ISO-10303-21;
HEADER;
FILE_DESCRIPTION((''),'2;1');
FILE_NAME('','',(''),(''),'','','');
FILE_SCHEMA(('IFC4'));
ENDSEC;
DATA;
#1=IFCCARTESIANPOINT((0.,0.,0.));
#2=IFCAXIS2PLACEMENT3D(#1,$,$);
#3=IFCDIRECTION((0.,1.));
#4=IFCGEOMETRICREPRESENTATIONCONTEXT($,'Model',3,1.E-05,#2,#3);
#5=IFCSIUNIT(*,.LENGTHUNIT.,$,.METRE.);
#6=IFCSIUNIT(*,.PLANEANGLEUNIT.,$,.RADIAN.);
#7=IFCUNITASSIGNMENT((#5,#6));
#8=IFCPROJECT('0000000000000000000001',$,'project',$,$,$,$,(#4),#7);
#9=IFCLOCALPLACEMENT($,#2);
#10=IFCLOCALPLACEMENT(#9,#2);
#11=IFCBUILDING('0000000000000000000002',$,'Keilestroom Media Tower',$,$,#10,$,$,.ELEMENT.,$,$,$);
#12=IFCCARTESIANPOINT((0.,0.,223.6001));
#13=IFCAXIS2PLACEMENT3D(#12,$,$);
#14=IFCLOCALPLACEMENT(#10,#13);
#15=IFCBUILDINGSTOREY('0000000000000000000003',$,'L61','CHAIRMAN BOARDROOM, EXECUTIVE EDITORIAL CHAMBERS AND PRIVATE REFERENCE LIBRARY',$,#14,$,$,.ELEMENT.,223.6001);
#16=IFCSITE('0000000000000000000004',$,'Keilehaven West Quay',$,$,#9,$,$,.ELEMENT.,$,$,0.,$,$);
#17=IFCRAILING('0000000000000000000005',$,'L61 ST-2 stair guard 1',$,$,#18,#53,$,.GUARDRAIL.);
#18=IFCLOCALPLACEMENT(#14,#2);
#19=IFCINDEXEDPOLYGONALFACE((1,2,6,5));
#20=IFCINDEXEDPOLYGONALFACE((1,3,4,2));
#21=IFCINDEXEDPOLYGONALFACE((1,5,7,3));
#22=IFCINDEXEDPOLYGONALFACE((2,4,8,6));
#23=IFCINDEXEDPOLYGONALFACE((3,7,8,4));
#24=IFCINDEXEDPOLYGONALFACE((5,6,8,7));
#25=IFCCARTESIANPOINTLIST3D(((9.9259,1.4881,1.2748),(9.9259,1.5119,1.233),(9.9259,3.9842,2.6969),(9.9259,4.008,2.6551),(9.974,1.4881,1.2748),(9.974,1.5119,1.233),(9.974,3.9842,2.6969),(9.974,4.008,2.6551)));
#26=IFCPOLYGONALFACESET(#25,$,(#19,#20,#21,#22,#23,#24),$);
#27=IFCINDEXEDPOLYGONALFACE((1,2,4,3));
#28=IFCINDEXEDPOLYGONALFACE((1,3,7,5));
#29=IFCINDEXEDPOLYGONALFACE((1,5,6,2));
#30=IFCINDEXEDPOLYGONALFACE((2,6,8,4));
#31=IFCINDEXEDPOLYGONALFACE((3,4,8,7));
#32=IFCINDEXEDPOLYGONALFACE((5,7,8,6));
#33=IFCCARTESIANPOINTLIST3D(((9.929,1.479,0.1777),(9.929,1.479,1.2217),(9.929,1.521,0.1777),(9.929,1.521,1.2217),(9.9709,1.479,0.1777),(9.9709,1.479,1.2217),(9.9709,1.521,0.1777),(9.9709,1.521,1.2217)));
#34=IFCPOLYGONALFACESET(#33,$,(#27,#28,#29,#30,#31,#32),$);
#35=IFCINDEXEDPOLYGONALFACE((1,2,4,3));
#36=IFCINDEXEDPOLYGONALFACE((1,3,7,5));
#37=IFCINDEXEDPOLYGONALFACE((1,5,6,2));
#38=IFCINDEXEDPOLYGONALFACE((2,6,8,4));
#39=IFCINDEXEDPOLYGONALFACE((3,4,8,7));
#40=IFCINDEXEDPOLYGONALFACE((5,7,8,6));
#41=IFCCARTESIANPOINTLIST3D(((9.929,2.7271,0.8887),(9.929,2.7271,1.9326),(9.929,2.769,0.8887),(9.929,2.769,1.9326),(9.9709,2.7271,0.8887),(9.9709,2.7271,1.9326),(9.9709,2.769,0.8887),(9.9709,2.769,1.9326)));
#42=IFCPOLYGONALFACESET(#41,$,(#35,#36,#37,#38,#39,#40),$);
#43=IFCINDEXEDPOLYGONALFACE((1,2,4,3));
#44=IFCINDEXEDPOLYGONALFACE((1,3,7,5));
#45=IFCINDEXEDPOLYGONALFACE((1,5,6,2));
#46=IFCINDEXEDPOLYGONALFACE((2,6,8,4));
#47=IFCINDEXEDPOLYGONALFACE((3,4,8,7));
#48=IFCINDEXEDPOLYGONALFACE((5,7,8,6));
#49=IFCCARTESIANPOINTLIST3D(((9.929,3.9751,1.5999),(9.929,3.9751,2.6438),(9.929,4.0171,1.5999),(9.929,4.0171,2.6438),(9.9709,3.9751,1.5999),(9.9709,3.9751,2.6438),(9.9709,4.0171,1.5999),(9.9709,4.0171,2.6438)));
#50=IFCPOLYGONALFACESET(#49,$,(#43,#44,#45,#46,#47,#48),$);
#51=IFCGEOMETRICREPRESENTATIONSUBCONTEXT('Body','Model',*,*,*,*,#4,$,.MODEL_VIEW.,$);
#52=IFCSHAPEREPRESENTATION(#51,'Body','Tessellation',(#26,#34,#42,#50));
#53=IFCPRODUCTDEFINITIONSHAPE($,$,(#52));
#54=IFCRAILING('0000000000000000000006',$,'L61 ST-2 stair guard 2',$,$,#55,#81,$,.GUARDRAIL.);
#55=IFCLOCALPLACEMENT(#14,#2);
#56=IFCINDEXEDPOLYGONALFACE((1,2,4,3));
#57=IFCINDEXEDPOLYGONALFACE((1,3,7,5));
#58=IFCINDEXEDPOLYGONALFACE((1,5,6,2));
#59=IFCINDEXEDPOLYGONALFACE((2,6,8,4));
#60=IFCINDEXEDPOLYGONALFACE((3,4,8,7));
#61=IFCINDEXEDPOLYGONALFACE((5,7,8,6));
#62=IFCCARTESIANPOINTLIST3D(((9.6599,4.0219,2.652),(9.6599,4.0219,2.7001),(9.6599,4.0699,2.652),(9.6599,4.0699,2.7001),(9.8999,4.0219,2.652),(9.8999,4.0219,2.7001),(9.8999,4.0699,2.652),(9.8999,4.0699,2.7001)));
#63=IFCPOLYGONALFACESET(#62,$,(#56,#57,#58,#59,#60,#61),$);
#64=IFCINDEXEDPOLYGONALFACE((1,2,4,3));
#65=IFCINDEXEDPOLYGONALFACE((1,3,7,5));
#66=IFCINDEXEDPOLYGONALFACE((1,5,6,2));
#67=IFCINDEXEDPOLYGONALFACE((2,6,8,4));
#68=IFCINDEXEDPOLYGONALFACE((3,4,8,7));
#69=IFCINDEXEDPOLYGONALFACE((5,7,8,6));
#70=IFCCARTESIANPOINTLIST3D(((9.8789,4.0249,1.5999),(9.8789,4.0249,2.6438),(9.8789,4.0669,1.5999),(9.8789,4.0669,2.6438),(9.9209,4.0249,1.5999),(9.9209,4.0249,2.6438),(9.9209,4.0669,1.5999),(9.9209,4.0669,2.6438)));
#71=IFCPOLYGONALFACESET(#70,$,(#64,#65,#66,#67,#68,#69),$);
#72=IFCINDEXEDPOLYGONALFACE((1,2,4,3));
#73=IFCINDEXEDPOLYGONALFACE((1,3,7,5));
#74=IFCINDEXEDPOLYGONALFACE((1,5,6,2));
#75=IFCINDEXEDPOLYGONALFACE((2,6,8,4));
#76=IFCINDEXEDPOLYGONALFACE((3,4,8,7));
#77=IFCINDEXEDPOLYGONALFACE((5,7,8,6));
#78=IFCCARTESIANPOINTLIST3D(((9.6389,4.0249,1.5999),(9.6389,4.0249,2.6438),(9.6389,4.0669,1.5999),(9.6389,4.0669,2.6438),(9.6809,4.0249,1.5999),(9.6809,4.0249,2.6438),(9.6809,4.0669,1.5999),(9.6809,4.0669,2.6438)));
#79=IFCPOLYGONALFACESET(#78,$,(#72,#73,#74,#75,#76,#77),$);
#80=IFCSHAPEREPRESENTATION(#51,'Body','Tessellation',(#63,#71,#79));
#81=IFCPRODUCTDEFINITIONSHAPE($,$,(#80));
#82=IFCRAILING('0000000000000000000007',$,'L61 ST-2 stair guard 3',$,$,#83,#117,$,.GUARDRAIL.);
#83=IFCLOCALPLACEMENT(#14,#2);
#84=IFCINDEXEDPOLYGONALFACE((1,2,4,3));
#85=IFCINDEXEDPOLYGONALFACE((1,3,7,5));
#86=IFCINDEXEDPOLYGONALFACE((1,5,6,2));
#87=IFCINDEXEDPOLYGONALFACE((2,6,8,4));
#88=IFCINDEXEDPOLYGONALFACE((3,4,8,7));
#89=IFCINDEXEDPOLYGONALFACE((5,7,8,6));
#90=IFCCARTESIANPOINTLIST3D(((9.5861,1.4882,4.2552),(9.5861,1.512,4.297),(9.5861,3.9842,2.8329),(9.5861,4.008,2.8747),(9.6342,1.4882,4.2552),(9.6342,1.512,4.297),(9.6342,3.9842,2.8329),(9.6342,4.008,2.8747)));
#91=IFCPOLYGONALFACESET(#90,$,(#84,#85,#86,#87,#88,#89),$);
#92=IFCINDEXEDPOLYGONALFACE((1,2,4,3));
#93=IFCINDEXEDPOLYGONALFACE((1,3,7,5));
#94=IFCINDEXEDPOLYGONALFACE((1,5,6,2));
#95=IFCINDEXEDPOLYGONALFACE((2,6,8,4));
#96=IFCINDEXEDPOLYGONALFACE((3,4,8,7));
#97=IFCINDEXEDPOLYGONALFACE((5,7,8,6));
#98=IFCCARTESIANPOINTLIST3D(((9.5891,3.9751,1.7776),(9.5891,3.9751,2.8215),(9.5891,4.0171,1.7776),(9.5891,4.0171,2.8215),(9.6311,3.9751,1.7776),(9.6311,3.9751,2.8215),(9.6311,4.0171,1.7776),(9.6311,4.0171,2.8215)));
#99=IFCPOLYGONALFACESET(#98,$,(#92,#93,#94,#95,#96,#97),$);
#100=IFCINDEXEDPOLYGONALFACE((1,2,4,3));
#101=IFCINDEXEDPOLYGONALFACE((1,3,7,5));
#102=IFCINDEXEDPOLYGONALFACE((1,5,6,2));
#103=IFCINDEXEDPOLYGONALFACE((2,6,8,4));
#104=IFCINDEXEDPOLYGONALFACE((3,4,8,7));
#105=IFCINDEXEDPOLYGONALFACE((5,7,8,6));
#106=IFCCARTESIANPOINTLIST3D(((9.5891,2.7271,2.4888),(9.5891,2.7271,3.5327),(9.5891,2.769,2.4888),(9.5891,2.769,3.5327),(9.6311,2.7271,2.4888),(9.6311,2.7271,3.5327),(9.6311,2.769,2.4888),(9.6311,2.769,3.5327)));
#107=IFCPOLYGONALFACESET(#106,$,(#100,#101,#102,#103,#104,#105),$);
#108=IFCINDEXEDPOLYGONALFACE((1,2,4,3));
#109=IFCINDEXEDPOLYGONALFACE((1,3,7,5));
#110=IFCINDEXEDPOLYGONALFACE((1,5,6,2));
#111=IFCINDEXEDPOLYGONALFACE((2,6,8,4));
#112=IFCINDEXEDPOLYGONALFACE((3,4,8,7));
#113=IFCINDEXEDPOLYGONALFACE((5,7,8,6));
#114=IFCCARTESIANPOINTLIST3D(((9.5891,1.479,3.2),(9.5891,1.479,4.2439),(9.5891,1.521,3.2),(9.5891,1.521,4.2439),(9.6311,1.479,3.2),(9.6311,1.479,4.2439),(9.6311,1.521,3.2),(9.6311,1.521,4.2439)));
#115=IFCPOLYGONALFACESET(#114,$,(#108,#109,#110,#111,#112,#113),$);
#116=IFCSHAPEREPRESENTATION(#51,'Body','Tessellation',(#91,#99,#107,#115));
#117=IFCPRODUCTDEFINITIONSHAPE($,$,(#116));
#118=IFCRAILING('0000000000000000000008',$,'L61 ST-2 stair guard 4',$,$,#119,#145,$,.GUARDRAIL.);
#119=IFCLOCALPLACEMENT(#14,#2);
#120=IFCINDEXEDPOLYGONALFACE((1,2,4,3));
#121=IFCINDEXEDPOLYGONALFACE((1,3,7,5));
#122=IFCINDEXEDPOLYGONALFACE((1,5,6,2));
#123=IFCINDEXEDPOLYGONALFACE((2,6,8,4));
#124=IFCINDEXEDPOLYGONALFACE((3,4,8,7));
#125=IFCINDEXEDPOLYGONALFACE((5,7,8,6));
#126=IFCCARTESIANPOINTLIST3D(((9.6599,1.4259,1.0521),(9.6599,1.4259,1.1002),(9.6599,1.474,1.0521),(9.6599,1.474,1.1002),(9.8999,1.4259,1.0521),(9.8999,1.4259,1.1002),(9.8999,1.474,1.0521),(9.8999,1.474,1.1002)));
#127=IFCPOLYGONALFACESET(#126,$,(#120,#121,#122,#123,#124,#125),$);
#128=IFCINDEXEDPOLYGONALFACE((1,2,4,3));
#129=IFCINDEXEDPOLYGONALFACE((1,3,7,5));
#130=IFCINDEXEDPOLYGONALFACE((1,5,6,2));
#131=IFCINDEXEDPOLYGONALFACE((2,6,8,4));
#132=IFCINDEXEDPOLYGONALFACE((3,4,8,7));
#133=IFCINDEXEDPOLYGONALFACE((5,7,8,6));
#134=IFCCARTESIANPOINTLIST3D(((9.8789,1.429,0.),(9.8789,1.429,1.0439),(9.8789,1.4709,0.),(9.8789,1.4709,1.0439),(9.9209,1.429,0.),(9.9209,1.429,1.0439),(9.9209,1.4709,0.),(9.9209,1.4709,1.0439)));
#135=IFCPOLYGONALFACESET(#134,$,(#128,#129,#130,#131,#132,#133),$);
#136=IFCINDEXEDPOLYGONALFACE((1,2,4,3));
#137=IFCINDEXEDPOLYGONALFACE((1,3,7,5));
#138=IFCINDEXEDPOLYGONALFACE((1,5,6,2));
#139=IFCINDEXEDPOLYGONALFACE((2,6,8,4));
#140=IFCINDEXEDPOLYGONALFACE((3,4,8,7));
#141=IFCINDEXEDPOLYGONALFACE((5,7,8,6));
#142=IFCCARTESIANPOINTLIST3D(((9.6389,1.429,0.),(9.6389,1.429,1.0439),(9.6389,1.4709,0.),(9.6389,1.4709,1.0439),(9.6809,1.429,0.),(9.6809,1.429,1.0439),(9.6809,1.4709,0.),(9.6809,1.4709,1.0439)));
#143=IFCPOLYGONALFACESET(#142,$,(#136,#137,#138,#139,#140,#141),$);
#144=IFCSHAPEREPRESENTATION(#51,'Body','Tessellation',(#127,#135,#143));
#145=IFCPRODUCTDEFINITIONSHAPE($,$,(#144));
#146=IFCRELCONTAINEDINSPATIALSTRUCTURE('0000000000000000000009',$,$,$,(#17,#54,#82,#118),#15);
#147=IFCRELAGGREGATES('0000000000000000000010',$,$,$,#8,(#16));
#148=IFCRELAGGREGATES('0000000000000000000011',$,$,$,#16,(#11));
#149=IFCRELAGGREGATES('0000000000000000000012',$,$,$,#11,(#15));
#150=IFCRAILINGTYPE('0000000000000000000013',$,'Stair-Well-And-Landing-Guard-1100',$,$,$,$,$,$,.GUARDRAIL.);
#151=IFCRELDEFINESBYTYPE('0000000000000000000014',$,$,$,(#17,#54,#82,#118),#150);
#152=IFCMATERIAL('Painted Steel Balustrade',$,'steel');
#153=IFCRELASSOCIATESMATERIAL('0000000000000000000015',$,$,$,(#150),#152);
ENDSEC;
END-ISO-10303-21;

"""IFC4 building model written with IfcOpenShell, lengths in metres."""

from ifc_helpers import new_model, si_unit, direction, frame, origin, origin_2d, place, context, subcontext, project, spatial, rectangle, extrude, material, type_object, element, save


model = new_model("IFC4")

# Units and contexts
model_context = context("Model", 3, precision=1e-05, world=origin(), true_north=direction((0.0, 1.0)))
body_context = subcontext(model_context, "Body", "Model", "MODEL_VIEW")
ifc_project = project(units=[si_unit("LENGTHUNIT", "METRE"), si_unit("PLANEANGLEUNIT", "RADIAN")], contexts=[model_context])

# Site, building, storey
site_placement = place(None, origin())
site = spatial("IfcSite", under=ifc_project, at=site_placement, Name="Keilehaven West Quay", CompositionType="ELEMENT", RefElevation=0.0)
building_placement = place(site_placement, origin())
building = spatial("IfcBuilding", under=site, at=building_placement, Name="Keilestroom Media Tower", CompositionType="ELEMENT")
storey_placement = place(building_placement, frame((0.0, 0.0, 223.6001)))
storey = spatial("IfcBuildingStorey", under=building, at=storey_placement, Name="L61", Description="CHAIRMAN BOARDROOM, EXECUTIVE EDITORIAL CHAMBERS AND PRIVATE REFERENCE LIBRARY", CompositionType="ELEMENT", Elevation=223.6001)

# Railings
ifc_material_1 = material(Name="Painted Steel Balustrade", Category="steel")
railing_type_1 = type_object("IfcRailingType", Name="Stair-Well-And-Landing-Guard-1100", PredefinedType="GUARDRAIL", material=ifc_material_1)
railing_1_placement = place(storey_placement, frame((9.95, 1.5, 0.1777)))
element("IfcRailing", 1, at=railing_1_placement, inside=storey, type_object=railing_type_1, Name="L61 ST-2 stair guard 1", PredefinedType="GUARDRAIL", context=body_context, shape_type="SweptSolid", body=[
    extrude(rectangle(XDim=0.0481, YDim=0.0481, at=origin_2d()), frame((0.0, 0.0, 1.0762), z_axis=(0.0, 0.868875, 0.495031), x_axis=(-1.0, 0.0, 0.0)), (0.0, 0.0, 1.0), 2.8728),
    extrude(rectangle(XDim=0.042, YDim=0.042, at=origin_2d()), origin(), (0.0, 0.0, 1.0), 1.0439),
    extrude(rectangle(XDim=0.042, YDim=0.042, at=origin_2d()), frame((0.0, 1.248, 0.7109)), (0.0, 0.0, 1.0), 1.0439),
    extrude(rectangle(XDim=0.042, YDim=0.042, at=origin_2d()), frame((0.0, 2.4961, 1.4221)), (0.0, 0.0, 1.0), 1.0439),
])
railing_2_placement = place(storey_placement, frame((9.8999, 4.0459, 1.5999)))
element("IfcRailing", 2, at=railing_2_placement, inside=storey, type_object=railing_type_1, Name="L61 ST-2 stair guard 2", PredefinedType="GUARDRAIL", context=body_context, shape_type="SweptSolid", body=[
    extrude(rectangle(XDim=0.0481, YDim=0.0481, at=origin_2d()), frame((0.0, 0.0, 1.0762), z_axis=(-1.0, 0.0, 0.0), x_axis=(0.0, -1.0, 0.0)), (0.0, 0.0, 1.0), 0.24),
    extrude(rectangle(XDim=0.042, YDim=0.042, at=origin_2d()), origin(), (0.0, 0.0, 1.0), 1.0439),
    extrude(rectangle(XDim=0.042, YDim=0.042, at=origin_2d()), frame((-0.24, 0.0, 0.0)), (0.0, 0.0, 1.0), 1.0439),
])
railing_3_placement = place(storey_placement, frame((9.6101, 3.9961, 1.7776)))
element("IfcRailing", 3, at=railing_3_placement, inside=storey, type_object=railing_type_1, Name="L61 ST-2 stair guard 3", PredefinedType="GUARDRAIL", context=body_context, shape_type="SweptSolid", body=[
    extrude(rectangle(XDim=0.0481, YDim=0.0481, at=origin_2d()), frame((0.0, 0.0, 1.0762), z_axis=(0.0, -0.868839, 0.495095), x_axis=(1.0, 0.0, 0.0)), (0.0, 0.0, 1.0), 2.8728),
    extrude(rectangle(XDim=0.042, YDim=0.042, at=origin_2d()), origin(), (0.0, 0.0, 1.0), 1.0439),
    extrude(rectangle(XDim=0.042, YDim=0.042, at=origin_2d()), frame((0.0, -1.248, 0.7112)), (0.0, 0.0, 1.0), 1.0439),
    extrude(rectangle(XDim=0.042, YDim=0.042, at=origin_2d()), frame((0.0, -2.4961, 1.4224)), (0.0, 0.0, 1.0), 1.0439),
])
railing_4_placement = place(storey_placement, frame((9.8999, 1.45, 0.0)))
element("IfcRailing", 4, at=railing_4_placement, inside=storey, type_object=railing_type_1, Name="L61 ST-2 stair guard 4", PredefinedType="GUARDRAIL", context=body_context, shape_type="SweptSolid", body=[
    extrude(rectangle(XDim=0.0481, YDim=0.0481, at=origin_2d()), frame((0.0, 0.0, 1.0762), z_axis=(-1.0, 0.0, 0.0), x_axis=(0.0, -1.0, 0.0)), (0.0, 0.0, 1.0), 0.24),
    extrude(rectangle(XDim=0.042, YDim=0.042, at=origin_2d()), origin(), (0.0, 0.0, 1.0), 1.0439),
    extrude(rectangle(XDim=0.042, YDim=0.042, at=origin_2d()), frame((-0.24, 0.0, 0.0)), (0.0, 0.0, 1.0), 1.0439),
])

save(model, "model.ifc")
